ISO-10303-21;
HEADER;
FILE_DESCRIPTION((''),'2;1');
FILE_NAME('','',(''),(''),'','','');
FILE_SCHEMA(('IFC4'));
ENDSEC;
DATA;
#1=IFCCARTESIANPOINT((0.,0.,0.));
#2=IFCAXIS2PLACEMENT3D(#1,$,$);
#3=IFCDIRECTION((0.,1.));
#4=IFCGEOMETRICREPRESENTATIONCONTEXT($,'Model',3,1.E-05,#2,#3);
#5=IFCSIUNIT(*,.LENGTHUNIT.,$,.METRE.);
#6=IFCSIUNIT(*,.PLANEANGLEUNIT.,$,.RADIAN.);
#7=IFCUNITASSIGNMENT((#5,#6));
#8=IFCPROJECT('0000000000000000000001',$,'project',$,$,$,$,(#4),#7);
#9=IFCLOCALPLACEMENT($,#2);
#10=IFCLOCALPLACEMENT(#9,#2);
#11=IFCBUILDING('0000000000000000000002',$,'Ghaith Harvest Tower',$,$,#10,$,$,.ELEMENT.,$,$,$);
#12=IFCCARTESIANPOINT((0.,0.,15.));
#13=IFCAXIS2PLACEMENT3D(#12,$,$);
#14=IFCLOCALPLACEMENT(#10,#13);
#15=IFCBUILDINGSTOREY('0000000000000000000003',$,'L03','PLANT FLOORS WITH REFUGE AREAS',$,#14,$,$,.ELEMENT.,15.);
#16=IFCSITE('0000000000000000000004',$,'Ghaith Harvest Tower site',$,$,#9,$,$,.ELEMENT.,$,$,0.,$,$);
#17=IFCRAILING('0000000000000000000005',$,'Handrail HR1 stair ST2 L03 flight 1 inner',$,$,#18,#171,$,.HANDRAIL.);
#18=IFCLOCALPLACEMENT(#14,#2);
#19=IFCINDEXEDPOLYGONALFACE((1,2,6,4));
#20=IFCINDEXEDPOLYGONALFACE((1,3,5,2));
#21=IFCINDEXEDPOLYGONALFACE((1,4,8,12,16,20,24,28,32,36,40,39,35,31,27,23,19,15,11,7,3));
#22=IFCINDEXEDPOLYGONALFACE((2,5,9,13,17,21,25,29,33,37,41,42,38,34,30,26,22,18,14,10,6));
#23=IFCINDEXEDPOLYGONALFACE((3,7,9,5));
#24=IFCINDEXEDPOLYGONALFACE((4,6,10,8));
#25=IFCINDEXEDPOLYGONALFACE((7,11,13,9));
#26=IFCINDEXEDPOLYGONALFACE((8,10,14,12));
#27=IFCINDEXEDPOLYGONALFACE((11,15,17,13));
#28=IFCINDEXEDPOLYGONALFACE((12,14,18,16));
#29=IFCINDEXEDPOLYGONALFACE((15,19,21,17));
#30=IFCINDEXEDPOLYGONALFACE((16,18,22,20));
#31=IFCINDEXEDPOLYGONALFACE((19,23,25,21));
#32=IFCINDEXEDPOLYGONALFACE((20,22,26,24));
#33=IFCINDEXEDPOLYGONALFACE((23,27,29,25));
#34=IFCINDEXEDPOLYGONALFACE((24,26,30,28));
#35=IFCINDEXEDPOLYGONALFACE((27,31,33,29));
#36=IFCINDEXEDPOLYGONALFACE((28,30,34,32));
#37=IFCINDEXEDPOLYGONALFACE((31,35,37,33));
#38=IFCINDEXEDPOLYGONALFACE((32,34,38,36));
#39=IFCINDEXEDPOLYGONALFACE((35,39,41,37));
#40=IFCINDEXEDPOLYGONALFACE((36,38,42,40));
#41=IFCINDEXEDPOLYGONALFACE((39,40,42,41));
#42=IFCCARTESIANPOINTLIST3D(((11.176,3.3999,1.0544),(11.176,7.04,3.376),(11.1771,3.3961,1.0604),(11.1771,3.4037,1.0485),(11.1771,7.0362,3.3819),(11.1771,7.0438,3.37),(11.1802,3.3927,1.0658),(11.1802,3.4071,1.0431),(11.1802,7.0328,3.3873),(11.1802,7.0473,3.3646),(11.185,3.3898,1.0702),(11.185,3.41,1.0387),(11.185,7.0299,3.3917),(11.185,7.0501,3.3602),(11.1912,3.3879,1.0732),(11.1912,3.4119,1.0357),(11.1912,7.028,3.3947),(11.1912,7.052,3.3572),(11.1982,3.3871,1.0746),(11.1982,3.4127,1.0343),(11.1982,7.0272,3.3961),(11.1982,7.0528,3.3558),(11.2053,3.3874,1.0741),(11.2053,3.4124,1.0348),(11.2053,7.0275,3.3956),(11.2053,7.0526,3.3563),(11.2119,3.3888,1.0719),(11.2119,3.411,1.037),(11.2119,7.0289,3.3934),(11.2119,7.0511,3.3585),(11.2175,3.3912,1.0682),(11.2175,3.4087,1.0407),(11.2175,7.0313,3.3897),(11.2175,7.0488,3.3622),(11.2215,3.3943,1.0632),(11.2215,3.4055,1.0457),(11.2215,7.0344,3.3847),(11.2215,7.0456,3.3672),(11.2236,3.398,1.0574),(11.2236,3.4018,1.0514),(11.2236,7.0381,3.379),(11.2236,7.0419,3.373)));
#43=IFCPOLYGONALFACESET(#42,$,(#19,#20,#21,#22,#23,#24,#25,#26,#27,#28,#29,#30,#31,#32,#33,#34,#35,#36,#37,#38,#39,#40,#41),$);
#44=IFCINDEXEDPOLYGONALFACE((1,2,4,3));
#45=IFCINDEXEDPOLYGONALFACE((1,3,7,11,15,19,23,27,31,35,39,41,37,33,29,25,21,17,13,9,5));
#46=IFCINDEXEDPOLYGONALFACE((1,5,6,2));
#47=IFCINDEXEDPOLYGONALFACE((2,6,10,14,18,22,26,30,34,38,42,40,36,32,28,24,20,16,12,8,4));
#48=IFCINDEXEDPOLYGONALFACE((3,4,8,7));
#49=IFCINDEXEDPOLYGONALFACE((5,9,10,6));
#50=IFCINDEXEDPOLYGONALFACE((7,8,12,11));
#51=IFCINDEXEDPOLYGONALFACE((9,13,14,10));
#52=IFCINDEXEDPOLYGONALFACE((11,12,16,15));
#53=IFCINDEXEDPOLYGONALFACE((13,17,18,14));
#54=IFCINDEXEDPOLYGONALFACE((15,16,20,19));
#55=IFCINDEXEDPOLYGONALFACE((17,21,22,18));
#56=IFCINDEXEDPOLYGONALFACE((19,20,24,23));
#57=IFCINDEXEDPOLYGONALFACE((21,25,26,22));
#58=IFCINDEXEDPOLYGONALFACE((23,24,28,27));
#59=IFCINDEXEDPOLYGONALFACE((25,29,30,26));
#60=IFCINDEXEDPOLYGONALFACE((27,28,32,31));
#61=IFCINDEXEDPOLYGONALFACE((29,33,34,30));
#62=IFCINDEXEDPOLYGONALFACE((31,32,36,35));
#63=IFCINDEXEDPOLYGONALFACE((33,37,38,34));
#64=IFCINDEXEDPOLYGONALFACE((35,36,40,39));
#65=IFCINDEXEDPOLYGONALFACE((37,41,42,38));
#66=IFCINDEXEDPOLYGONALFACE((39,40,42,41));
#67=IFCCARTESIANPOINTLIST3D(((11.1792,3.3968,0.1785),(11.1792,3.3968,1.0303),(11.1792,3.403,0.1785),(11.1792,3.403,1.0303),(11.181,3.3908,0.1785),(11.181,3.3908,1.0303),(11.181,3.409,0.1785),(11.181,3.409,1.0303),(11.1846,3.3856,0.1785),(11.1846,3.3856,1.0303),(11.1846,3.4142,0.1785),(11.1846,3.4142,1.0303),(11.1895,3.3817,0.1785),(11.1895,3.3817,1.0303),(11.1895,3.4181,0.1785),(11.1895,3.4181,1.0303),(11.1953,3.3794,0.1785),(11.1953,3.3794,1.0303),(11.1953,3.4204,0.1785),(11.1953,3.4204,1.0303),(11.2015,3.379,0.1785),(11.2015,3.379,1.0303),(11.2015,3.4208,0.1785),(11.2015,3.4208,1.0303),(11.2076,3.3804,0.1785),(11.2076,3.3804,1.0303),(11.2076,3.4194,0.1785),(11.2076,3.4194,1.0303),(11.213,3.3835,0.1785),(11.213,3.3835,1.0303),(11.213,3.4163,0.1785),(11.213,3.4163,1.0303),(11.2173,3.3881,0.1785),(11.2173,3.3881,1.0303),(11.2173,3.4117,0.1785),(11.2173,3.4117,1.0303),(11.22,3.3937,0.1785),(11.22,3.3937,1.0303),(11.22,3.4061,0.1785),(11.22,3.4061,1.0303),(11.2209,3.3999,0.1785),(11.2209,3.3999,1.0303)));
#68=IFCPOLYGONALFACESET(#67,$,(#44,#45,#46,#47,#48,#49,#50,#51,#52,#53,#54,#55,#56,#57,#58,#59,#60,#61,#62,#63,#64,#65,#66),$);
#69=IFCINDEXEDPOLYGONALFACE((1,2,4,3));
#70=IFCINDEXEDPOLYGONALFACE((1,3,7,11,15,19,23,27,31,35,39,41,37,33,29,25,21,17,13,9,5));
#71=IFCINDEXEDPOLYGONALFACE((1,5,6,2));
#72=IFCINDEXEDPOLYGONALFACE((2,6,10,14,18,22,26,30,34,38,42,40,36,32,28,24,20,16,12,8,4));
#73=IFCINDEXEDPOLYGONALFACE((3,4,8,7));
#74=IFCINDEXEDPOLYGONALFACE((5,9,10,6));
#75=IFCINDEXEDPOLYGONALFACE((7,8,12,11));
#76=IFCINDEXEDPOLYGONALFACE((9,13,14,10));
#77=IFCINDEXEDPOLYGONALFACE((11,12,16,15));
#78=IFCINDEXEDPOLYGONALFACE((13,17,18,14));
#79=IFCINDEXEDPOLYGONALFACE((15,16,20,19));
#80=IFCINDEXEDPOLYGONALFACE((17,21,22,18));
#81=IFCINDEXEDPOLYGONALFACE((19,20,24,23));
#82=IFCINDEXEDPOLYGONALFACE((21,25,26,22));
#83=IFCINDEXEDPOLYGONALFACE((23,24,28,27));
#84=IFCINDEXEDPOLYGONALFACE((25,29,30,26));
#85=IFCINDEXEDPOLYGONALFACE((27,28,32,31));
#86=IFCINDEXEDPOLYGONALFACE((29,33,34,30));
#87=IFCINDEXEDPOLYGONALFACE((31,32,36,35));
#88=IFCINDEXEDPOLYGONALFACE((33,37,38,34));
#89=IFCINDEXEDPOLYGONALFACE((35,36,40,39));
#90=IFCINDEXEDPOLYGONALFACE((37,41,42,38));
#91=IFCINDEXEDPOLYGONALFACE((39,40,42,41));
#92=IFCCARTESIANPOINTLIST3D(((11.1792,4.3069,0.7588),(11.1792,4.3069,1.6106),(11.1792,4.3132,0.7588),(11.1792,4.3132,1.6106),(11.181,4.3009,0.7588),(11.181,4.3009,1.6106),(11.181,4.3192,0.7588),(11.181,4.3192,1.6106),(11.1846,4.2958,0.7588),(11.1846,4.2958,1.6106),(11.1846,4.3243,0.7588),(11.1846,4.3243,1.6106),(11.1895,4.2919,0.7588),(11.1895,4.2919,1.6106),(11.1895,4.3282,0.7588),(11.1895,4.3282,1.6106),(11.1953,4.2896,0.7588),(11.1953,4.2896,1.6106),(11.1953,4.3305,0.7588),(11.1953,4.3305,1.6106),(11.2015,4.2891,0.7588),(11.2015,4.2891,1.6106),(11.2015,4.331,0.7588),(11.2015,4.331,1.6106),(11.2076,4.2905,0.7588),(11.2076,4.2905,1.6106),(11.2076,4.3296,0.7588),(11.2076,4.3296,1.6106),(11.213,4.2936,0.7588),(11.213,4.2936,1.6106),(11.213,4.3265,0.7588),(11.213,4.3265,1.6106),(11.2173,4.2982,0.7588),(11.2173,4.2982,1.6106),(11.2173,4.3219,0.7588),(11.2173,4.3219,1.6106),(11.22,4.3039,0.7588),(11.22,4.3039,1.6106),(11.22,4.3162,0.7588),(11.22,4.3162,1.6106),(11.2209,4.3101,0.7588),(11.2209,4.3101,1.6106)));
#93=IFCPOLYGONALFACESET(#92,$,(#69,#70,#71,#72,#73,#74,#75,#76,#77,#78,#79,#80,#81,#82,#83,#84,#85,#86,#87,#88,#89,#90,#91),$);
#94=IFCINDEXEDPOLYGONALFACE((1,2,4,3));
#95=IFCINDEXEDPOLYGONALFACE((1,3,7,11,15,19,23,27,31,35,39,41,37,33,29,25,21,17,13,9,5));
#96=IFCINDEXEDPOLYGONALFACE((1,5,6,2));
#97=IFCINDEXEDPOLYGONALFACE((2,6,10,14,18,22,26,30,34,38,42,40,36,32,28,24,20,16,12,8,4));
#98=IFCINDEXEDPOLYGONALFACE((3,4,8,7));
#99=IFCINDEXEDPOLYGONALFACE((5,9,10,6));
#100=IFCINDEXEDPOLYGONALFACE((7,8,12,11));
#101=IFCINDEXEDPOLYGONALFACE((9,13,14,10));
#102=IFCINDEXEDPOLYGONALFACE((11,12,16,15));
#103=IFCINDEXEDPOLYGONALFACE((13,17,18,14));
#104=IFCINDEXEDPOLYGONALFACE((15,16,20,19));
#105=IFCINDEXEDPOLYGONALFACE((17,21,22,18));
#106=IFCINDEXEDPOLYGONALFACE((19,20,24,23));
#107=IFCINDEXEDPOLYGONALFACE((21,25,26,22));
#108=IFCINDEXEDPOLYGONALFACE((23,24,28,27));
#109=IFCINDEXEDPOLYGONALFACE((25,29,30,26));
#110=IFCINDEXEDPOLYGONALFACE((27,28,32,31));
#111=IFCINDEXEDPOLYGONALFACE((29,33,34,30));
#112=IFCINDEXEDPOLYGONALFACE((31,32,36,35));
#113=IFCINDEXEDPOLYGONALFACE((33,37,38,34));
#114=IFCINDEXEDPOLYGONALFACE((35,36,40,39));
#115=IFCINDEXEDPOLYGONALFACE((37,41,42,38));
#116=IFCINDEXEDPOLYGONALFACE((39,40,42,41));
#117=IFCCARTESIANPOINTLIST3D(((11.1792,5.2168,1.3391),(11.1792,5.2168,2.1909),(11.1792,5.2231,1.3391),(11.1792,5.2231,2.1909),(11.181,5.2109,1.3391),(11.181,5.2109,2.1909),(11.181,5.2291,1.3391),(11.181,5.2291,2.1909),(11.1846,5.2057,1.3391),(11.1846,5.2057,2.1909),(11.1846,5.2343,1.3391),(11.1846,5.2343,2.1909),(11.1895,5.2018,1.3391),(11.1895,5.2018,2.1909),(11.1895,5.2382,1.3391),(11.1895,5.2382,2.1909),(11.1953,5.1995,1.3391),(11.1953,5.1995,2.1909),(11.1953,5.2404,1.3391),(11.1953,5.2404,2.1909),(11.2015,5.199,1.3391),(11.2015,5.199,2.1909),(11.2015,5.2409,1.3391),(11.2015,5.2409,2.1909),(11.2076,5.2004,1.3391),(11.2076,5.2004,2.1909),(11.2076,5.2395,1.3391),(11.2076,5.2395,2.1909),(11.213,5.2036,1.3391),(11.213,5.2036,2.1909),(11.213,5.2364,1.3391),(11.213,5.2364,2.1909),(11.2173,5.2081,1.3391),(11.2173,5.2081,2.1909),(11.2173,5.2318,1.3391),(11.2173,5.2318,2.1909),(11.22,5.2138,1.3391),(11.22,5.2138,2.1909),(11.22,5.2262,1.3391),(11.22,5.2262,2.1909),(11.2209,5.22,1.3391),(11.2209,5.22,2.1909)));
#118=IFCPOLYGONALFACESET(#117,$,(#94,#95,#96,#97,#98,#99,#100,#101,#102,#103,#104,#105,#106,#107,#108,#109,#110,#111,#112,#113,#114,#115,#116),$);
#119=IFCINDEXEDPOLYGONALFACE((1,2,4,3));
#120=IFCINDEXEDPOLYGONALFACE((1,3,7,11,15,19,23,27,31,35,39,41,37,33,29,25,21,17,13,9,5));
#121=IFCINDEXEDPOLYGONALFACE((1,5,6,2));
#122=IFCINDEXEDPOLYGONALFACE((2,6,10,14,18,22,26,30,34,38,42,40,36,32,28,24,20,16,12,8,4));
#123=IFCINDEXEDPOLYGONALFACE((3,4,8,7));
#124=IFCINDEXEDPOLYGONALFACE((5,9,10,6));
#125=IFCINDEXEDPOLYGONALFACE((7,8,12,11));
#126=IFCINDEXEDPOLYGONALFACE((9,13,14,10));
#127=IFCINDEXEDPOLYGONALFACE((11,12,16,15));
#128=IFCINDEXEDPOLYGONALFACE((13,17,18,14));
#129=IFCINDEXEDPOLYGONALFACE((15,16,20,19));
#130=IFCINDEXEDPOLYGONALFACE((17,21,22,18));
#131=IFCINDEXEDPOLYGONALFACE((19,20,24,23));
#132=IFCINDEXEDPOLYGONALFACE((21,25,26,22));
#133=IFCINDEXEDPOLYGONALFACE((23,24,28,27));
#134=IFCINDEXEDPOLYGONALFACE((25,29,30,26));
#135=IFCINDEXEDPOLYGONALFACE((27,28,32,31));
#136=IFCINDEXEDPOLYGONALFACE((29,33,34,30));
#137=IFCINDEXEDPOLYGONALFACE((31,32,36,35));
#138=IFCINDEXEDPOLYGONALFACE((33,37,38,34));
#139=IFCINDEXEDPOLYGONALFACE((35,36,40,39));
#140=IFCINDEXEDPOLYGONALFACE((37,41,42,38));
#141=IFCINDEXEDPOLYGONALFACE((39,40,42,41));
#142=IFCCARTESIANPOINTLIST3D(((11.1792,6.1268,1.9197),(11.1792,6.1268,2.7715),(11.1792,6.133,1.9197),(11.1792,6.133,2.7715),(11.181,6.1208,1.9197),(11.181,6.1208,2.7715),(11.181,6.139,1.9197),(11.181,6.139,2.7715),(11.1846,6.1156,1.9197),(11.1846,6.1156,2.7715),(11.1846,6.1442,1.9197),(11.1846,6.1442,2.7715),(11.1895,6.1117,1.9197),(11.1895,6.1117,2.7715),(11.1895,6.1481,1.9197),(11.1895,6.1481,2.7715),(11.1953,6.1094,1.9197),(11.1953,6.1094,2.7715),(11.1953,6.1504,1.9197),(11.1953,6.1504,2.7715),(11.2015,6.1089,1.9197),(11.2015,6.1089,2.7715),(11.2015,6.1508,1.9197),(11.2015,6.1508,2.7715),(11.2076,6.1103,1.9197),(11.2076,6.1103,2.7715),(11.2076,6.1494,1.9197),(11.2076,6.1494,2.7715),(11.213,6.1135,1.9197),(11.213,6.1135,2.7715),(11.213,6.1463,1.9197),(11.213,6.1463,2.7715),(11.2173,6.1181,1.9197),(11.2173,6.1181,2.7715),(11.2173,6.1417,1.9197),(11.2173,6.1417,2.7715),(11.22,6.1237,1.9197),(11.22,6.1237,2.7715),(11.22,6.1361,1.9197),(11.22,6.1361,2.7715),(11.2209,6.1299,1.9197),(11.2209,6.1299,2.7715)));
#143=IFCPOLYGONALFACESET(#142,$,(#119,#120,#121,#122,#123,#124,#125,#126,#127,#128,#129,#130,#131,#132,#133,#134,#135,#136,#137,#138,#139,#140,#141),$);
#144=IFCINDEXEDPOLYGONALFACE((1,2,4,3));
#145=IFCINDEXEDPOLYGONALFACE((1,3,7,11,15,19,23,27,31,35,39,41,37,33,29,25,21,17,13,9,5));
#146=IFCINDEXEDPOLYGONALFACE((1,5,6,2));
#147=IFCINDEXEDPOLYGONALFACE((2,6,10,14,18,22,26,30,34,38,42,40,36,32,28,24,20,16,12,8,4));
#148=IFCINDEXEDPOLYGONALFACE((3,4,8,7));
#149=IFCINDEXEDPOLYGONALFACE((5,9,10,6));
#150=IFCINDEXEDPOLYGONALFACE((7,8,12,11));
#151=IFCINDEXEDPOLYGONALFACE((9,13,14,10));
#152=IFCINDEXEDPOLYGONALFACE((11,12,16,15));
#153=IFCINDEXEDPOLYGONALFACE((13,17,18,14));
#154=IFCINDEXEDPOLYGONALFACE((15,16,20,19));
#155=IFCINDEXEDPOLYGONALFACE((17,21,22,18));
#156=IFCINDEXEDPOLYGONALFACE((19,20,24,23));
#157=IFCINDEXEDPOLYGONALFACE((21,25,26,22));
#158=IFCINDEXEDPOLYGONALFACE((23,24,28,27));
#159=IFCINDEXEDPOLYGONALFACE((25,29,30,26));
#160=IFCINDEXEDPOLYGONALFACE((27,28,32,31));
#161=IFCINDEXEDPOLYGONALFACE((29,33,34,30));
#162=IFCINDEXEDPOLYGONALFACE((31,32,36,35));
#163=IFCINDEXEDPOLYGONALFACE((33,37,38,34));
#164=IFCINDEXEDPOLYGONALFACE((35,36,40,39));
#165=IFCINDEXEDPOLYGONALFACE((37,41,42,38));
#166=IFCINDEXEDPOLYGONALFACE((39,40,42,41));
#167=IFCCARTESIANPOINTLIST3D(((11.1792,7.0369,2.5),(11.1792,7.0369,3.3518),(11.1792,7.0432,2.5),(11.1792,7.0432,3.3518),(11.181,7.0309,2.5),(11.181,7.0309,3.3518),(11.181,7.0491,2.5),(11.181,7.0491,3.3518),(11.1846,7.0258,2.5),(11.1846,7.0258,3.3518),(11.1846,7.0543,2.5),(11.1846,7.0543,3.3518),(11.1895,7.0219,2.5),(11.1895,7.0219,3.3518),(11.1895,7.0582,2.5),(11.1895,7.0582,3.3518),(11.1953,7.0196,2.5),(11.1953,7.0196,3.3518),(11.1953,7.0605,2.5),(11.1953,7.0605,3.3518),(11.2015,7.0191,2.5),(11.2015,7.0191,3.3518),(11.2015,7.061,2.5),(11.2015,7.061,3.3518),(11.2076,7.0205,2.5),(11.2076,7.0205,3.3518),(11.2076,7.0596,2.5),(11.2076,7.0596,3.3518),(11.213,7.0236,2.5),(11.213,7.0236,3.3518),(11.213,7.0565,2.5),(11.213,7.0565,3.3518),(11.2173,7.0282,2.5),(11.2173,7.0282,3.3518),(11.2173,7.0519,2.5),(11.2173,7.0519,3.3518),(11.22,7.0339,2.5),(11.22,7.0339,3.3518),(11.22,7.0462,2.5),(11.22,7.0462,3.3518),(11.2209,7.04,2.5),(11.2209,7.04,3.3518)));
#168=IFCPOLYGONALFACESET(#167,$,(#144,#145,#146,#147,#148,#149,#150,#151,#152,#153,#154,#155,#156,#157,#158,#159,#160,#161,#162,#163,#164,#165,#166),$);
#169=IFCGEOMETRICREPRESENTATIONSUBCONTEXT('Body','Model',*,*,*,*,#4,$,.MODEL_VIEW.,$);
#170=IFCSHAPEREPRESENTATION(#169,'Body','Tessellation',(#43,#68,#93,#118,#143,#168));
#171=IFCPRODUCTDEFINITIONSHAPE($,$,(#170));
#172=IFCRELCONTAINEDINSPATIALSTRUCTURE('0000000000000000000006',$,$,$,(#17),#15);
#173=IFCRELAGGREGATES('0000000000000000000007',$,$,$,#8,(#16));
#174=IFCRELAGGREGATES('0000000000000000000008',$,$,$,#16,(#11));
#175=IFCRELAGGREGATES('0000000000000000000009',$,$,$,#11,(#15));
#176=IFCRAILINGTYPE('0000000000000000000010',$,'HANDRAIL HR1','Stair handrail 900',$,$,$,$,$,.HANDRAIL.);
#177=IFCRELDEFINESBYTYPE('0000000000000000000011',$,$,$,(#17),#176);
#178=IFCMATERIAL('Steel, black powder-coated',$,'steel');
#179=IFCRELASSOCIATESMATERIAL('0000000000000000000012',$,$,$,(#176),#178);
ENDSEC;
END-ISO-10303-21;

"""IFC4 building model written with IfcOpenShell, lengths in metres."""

from ifc_helpers import new_model, si_unit, direction, frame, origin, origin_2d, place, context, subcontext, project, spatial, circle, extrude, material, type_object, element, save


model = new_model("IFC4")

# Units and contexts
model_context = context("Model", 3, precision=1e-05, world=origin(), true_north=direction((0.0, 1.0)))
body_context = subcontext(model_context, "Body", "Model", "MODEL_VIEW")
ifc_project = project(units=[si_unit("LENGTHUNIT", "METRE"), si_unit("PLANEANGLEUNIT", "RADIAN")], contexts=[model_context])

# Site, building, storey
site_placement = place(None, origin())
site = spatial("IfcSite", under=ifc_project, at=site_placement, Name="Ghaith Harvest Tower site", CompositionType="ELEMENT", RefElevation=0.0)
building_placement = place(site_placement, origin())
building = spatial("IfcBuilding", under=site, at=building_placement, Name="Ghaith Harvest Tower", CompositionType="ELEMENT")
storey_placement = place(building_placement, frame((0.0, 0.0, 15.0)))
storey = spatial("IfcBuildingStorey", under=building, at=storey_placement, Name="L03", Description="PLANT FLOORS WITH REFUGE AREAS", CompositionType="ELEMENT", Elevation=15.0)

# Railing
ifc_material_1 = material(Name="Steel, black powder-coated", Category="steel")
railing_type = type_object("IfcRailingType", Name="HANDRAIL HR1", Description="Stair handrail 900", PredefinedType="HANDRAIL", material=ifc_material_1)
railing_1_placement = place(storey_placement, frame((11.2, 3.3999, 0.1785)))
element("IfcRailing", 1, at=railing_1_placement, inside=storey, type_object=railing_type, Name="Handrail HR1 stair ST2 L03 flight 1 inner", PredefinedType="HANDRAIL", context=body_context, shape_type="SweptSolid", body=[
    extrude(circle(Radius=0.0239, at=origin_2d()), frame((0.0, 0.0, 0.876), z_axis=(0.0, 0.843128, 0.537713), x_axis=(-1.0, 0.0, 0.0)), (0.0, 0.0, 1.0), 4.3174),
    extrude(circle(Radius=0.021, at=origin_2d()), origin(), (0.0, 0.0, 1.0), 0.8518),
    extrude(circle(Radius=0.021, at=origin_2d()), frame((0.0, 0.9102, 0.5803)), (0.0, 0.0, 1.0), 0.8518),
    extrude(circle(Radius=0.021, at=origin_2d()), frame((0.0, 1.8201, 1.1606)), (0.0, 0.0, 1.0), 0.8518),
    extrude(circle(Radius=0.021, at=origin_2d()), frame((0.0, 2.73, 1.7412)), (0.0, 0.0, 1.0), 0.8518),
    extrude(circle(Radius=0.021, at=origin_2d()), frame((0.0, 3.6401, 2.3215)), (0.0, 0.0, 1.0), 0.8518),
])

save(model, "model.ifc")
